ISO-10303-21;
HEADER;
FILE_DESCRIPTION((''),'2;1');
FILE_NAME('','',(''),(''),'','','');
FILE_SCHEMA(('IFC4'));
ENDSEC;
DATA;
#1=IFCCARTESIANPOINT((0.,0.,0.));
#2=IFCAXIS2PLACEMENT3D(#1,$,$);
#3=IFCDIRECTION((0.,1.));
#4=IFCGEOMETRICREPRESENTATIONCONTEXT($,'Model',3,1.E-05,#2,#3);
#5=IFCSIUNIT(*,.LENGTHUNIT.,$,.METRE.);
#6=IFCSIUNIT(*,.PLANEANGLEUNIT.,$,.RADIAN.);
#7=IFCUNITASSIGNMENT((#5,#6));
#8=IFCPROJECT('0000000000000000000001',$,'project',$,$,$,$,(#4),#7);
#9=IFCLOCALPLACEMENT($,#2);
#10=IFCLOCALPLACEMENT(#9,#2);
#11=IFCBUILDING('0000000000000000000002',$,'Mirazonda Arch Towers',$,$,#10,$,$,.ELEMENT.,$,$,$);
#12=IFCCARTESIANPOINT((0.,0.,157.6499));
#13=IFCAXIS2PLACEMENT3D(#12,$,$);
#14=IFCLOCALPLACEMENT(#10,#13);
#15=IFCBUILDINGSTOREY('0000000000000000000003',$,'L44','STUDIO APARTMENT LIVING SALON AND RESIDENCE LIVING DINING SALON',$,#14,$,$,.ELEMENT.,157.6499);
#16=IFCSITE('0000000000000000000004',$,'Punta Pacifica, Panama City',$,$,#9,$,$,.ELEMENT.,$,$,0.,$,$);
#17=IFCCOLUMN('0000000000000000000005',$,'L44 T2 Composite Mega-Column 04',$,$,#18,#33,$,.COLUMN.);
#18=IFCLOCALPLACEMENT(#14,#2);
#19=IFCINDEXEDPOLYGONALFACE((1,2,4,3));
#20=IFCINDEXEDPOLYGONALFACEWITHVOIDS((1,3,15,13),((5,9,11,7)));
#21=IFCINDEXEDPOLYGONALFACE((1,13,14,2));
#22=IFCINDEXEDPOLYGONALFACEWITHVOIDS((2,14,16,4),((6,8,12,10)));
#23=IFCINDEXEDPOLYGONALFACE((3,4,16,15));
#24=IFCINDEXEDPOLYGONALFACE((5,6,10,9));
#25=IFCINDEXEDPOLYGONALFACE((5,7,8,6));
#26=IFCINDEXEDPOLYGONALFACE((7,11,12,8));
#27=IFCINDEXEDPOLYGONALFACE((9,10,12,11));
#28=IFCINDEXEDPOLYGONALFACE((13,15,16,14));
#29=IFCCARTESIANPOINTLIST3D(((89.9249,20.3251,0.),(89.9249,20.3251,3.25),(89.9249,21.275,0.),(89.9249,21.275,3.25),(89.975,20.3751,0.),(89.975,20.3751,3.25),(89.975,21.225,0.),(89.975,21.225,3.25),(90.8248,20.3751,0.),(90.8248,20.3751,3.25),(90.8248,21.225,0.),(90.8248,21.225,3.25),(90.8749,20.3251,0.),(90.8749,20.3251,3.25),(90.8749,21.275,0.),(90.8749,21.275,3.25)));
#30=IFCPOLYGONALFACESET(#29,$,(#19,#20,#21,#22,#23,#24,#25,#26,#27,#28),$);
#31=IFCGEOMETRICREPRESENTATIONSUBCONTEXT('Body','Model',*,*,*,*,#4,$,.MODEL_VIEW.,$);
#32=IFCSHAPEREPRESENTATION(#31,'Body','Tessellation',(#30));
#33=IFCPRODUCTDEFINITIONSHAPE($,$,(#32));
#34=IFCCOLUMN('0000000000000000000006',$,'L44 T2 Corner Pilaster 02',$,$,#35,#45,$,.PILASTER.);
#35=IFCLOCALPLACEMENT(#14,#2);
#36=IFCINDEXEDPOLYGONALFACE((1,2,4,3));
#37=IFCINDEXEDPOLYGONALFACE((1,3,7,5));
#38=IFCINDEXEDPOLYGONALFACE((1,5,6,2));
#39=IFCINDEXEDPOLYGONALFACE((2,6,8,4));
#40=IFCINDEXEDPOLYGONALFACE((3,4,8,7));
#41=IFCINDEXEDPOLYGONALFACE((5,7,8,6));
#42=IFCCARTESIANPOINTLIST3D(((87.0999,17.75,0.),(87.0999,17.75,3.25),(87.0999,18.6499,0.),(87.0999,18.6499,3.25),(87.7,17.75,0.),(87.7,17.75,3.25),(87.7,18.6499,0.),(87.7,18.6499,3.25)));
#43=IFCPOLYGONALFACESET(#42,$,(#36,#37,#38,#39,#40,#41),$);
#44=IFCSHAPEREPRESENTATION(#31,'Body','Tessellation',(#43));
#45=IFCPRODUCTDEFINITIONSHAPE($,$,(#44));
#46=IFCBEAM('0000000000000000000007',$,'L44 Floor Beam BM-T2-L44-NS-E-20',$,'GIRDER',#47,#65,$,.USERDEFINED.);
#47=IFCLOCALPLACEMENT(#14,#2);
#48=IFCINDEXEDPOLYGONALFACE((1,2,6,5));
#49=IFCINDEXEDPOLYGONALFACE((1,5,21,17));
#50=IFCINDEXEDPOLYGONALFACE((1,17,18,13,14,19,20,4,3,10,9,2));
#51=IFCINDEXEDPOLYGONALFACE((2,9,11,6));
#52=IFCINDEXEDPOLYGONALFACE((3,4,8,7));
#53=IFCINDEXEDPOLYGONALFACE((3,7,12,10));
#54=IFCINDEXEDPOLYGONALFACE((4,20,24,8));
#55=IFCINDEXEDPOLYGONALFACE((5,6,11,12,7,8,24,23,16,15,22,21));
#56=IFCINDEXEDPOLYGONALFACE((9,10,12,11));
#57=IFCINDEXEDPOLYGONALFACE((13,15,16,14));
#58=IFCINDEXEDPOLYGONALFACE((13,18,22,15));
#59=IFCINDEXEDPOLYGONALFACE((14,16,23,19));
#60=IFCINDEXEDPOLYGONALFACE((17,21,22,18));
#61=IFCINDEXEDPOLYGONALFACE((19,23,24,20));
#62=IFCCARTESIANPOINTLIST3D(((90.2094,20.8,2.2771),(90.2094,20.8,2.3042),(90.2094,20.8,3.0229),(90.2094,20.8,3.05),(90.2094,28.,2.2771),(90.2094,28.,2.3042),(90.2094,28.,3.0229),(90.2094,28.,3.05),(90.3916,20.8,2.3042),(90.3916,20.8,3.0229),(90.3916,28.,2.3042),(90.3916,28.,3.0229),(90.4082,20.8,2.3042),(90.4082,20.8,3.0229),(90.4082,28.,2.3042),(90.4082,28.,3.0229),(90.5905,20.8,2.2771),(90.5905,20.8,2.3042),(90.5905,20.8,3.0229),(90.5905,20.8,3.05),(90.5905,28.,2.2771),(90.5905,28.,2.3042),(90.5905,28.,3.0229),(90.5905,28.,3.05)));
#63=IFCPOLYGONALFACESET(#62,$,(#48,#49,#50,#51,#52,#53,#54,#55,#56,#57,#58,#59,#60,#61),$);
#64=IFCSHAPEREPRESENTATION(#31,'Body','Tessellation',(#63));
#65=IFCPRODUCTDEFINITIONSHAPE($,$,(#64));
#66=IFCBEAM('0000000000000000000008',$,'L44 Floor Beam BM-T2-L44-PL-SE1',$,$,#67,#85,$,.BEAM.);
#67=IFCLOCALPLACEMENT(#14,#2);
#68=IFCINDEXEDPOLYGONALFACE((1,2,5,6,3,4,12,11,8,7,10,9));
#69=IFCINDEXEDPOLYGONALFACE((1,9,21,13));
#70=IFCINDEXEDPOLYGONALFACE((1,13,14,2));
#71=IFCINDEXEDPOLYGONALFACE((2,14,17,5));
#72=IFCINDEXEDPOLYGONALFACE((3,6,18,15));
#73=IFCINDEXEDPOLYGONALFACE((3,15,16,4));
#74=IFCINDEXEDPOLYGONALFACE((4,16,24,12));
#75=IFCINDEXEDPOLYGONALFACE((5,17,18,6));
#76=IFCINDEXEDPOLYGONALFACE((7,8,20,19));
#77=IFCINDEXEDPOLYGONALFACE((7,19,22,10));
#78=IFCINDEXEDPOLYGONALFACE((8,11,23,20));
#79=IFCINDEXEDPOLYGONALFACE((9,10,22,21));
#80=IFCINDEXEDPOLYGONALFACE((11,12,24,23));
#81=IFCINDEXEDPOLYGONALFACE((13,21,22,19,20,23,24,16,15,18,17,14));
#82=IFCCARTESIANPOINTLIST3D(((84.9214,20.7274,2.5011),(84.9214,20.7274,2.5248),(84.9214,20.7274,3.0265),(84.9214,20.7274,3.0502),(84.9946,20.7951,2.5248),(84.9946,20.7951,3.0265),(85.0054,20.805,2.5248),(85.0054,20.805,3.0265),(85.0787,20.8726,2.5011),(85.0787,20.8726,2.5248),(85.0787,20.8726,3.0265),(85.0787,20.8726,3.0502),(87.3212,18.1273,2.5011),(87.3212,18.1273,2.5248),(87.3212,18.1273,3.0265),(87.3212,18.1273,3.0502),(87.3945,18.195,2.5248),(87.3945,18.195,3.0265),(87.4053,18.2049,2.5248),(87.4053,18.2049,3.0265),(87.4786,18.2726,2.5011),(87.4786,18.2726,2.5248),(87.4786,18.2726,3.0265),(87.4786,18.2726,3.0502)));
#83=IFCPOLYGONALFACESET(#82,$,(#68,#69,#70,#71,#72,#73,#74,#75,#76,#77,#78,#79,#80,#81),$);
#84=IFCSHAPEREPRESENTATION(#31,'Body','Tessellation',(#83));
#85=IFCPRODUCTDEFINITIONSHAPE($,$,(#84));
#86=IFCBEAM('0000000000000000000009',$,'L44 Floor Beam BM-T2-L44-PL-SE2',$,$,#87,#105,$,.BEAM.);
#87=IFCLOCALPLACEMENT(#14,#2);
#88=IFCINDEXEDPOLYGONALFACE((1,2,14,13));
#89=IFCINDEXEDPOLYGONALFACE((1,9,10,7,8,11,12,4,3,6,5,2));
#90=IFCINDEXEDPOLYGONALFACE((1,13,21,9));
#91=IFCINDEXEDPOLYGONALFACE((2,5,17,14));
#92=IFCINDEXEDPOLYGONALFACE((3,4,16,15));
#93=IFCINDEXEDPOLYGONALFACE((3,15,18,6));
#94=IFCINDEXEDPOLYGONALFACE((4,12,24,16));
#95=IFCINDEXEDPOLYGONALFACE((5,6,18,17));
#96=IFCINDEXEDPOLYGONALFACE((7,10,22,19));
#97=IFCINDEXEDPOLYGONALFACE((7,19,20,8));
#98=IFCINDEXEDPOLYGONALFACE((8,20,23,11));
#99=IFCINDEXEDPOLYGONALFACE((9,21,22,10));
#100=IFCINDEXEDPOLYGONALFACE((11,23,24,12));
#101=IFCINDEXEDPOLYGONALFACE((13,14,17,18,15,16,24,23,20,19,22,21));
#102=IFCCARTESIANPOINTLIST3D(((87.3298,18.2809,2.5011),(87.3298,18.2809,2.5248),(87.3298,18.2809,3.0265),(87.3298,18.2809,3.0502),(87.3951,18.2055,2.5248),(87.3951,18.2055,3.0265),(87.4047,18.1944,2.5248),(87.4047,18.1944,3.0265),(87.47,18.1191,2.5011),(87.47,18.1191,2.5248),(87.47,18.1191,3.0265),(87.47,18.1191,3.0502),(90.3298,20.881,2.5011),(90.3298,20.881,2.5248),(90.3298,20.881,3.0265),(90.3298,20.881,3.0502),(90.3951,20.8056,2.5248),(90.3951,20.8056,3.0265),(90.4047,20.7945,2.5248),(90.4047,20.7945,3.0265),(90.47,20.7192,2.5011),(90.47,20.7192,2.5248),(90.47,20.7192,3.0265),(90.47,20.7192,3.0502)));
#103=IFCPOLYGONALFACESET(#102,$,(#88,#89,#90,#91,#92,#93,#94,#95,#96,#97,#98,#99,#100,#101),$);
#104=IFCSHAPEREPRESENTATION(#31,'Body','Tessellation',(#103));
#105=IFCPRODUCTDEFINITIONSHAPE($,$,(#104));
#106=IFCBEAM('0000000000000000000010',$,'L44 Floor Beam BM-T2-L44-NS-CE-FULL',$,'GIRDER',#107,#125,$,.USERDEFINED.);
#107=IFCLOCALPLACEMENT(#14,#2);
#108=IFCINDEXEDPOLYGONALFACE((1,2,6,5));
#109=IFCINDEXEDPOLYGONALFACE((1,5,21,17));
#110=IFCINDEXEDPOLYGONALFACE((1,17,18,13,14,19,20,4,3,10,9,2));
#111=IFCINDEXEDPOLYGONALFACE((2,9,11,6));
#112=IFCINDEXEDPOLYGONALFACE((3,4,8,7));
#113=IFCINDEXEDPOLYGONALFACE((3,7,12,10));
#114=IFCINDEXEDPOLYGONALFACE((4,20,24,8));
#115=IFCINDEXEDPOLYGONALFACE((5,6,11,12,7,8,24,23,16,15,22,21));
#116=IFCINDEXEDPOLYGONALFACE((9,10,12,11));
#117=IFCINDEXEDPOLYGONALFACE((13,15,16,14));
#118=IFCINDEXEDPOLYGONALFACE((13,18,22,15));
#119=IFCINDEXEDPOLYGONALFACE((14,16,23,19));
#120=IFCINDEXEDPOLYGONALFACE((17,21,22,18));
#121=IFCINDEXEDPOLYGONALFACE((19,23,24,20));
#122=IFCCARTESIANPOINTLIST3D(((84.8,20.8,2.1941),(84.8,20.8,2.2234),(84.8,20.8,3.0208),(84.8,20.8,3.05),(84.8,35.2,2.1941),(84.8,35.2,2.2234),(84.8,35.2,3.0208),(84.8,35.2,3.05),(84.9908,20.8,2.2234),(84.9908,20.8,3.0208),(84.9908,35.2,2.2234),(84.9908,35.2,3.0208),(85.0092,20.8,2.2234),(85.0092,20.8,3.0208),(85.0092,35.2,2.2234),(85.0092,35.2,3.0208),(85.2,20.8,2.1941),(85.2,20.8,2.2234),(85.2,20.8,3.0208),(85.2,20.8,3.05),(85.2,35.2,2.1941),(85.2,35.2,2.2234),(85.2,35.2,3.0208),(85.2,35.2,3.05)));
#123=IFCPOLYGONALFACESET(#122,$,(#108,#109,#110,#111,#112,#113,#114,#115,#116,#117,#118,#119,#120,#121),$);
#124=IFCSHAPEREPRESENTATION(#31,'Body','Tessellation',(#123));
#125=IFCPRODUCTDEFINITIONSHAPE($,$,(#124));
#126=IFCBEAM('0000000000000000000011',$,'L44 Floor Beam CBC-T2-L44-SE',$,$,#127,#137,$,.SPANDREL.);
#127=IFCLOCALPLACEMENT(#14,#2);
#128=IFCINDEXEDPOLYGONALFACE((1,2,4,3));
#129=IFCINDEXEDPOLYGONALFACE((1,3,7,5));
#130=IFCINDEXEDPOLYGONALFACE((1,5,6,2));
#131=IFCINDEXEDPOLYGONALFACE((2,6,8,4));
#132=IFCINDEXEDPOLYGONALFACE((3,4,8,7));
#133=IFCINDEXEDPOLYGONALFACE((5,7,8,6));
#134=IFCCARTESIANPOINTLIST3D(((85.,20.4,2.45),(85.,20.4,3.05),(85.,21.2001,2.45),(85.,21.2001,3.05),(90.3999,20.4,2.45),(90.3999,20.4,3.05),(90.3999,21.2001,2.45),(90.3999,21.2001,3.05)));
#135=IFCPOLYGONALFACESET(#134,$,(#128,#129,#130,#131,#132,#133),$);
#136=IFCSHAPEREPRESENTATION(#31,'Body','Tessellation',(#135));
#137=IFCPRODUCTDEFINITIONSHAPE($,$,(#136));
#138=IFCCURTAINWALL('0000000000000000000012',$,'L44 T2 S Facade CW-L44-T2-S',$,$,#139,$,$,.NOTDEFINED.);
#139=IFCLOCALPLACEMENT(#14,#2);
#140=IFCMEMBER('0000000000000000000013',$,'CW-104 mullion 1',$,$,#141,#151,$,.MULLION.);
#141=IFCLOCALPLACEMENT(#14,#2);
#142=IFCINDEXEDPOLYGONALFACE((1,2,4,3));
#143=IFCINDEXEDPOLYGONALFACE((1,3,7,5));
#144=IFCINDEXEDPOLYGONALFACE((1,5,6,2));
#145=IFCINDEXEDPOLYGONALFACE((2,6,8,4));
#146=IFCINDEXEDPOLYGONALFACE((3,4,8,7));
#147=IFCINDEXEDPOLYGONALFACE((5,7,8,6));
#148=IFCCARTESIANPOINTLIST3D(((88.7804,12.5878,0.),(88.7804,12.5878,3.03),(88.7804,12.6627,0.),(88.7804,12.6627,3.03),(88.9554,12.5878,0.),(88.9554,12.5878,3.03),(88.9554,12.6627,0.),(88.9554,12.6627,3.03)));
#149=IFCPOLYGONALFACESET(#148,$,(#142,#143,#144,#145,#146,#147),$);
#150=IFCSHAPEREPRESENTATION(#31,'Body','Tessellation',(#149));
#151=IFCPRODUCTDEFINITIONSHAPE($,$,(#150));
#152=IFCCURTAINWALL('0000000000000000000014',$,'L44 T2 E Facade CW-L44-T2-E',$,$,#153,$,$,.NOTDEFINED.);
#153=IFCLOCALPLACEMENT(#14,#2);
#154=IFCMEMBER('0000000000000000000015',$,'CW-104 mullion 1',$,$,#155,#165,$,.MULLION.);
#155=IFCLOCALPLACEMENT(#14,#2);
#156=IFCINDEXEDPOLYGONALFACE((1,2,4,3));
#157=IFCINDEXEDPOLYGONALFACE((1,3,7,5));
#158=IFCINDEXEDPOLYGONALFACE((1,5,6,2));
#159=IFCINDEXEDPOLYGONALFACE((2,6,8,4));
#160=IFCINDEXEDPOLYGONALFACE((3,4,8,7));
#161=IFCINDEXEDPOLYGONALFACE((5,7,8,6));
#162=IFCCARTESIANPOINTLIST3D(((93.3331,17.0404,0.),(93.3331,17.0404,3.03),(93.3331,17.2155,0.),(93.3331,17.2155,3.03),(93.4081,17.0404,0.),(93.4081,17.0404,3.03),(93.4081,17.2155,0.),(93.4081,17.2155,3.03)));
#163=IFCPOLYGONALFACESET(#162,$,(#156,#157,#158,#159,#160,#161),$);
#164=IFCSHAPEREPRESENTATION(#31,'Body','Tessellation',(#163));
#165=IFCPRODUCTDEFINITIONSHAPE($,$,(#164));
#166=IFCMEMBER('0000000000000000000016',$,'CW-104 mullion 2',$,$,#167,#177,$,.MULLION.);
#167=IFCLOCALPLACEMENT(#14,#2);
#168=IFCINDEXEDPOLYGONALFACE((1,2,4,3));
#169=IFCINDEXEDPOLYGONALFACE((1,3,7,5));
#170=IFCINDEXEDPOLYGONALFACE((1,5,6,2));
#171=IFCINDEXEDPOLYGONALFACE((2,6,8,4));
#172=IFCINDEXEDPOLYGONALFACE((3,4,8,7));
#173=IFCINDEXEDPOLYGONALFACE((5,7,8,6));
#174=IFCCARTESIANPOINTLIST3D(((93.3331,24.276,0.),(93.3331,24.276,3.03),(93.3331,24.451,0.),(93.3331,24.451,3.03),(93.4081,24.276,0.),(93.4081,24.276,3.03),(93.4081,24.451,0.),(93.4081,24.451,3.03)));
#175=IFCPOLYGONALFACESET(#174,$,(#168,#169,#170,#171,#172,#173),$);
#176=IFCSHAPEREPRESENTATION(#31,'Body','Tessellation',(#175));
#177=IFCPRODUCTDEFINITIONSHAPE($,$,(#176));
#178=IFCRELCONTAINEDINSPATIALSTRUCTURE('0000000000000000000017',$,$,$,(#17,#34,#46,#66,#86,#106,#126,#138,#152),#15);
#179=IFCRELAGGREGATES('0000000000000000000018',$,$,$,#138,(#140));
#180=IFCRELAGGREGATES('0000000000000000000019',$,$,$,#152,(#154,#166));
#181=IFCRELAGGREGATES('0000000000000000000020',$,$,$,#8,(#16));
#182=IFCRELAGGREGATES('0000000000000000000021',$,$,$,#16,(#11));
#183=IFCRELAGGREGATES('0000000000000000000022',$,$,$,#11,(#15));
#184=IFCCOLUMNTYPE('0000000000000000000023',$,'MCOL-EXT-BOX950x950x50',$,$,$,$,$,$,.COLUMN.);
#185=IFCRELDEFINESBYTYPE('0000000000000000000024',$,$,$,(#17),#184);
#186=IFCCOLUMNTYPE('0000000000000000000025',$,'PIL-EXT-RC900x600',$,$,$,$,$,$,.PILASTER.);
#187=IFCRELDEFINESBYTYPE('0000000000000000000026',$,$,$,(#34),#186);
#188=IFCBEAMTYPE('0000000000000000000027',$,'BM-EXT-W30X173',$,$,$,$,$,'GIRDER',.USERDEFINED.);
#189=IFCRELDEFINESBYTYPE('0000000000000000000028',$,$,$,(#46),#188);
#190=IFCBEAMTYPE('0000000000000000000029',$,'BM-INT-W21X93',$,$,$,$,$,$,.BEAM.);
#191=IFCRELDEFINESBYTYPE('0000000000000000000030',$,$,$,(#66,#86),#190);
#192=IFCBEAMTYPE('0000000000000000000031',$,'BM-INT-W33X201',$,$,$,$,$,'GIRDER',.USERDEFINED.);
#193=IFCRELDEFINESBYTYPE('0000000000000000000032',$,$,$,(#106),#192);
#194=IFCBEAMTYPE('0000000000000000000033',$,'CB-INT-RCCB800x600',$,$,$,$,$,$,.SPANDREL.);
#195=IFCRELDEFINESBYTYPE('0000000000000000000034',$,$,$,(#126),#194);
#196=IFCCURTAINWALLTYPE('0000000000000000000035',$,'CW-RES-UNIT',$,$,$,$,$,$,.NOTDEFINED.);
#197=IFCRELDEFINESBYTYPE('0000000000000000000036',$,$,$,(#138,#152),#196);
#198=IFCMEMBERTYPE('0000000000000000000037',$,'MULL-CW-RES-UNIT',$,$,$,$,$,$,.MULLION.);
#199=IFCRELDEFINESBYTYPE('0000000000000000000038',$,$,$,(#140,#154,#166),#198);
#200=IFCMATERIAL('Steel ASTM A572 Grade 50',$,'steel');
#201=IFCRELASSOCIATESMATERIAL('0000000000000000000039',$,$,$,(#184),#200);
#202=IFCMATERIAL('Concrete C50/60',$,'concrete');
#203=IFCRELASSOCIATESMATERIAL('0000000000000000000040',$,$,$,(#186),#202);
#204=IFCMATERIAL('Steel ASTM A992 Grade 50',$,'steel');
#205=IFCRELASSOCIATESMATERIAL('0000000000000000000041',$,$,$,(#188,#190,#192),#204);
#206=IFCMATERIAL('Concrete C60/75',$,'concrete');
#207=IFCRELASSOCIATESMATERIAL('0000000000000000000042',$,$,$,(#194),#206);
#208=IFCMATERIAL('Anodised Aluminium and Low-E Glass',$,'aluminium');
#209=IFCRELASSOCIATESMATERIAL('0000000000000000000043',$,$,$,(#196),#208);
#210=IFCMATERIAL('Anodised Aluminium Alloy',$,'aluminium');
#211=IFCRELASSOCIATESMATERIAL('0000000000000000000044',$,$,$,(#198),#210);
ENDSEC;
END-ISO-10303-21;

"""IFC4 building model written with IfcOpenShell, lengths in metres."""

from ifc_helpers import new_model, si_unit, direction, frame, origin, origin_2d, place, context, subcontext, project, spatial, rectangle, hollow_rectangle, i_section, extrude, material, material_profile, profile_set, type_object, element, aggregate, save


model = new_model("IFC4")

# Units and contexts
model_context = context("Model", 3, precision=1e-05, world=origin(), true_north=direction((0.0, 1.0)))
body_context = subcontext(model_context, "Body", "Model", "MODEL_VIEW")
ifc_project = project(units=[si_unit("LENGTHUNIT", "METRE"), si_unit("PLANEANGLEUNIT", "RADIAN")], contexts=[model_context])

# Site, building, storey
site_placement = place(None, origin())
site = spatial("IfcSite", under=ifc_project, at=site_placement, Name="Punta Pacifica, Panama City", CompositionType="ELEMENT", RefElevation=0.0)
building_placement = place(site_placement, origin())
building = spatial("IfcBuilding", under=site, at=building_placement, Name="Mirazonda Arch Towers", CompositionType="ELEMENT")
storey_placement = place(building_placement, frame((0.0, 0.0, 157.6499)))
storey = spatial("IfcBuildingStorey", under=building, at=storey_placement, Name="L44", Description="STUDIO APARTMENT LIVING SALON AND RESIDENCE LIVING DINING SALON", CompositionType="ELEMENT", Elevation=157.6499)

# Columns
ifc_material_1 = material(Name="Steel ASTM A572 Grade 50", Category="steel")
ifc_material_profile_1 = material_profile(ifc_material_1, hollow_rectangle(XDim=0.95, YDim=0.95, WallThickness=0.05, at=origin_2d()), Name="BOX950x950x50")
ifc_profile_set_1 = profile_set([ifc_material_profile_1], Name="Steel ASTM A572 Grade 50")
column_type_1 = type_object("IfcColumnType", Name="MCOL-EXT-BOX950x950x50", PredefinedType="COLUMN", material=ifc_profile_set_1)
column_1_placement = place(storey_placement, frame((90.3999, 20.8, 0.0), z_axis=(0.0, 0.0, 1.0), x_axis=(1.0, 0.0, 0.0)))
element("IfcColumn", 1, at=column_1_placement, inside=storey, type_object=column_type_1, Name="L44 T2 Composite Mega-Column 04", PredefinedType="COLUMN", context=body_context, shape_type="SweptSolid", body=[
    extrude(hollow_rectangle(XDim=0.95, YDim=0.95, WallThickness=0.05, at=origin_2d()), origin(), (0.0, 0.0, 1.0), 3.25),
])
ifc_material_2 = material(Name="Concrete C50/60", Category="concrete")
ifc_material_profile_2 = material_profile(ifc_material_2, rectangle(XDim=0.6001, YDim=0.8999, at=origin_2d()), Name="RC900x600")
ifc_profile_set_2 = profile_set([ifc_material_profile_2], Name="Concrete C50/60")
column_type_2 = type_object("IfcColumnType", Name="PIL-EXT-RC900x600", PredefinedType="PILASTER", material=ifc_profile_set_2)
column_2_placement = place(storey_placement, frame((87.3999, 18.2, 0.0), z_axis=(0.0, 0.0, 1.0), x_axis=(1.0, 0.0, 0.0)))
element("IfcColumn", 2, at=column_2_placement, inside=storey, type_object=column_type_2, Name="L44 T2 Corner Pilaster 02", PredefinedType="PILASTER", context=body_context, shape_type="SweptSolid", body=[
    extrude(rectangle(XDim=0.6001, YDim=0.8999, at=origin_2d()), origin(), (0.0, 0.0, 1.0), 3.25),
])

# Beams
ifc_material_3 = material(Name="Steel ASTM A992 Grade 50", Category="steel")
ifc_material_profile_3 = material_profile(ifc_material_3, i_section(OverallWidth=0.3811, OverallDepth=0.7729, WebThickness=0.0166, FlangeThickness=0.0271, at=origin_2d()), Name="W30X173")
ifc_profile_set_3 = profile_set([ifc_material_profile_3], Name="Steel ASTM A992 Grade 50")
beam_type_1 = type_object("IfcBeamType", Name="BM-EXT-W30X173", ElementType="GIRDER", PredefinedType="USERDEFINED", material=ifc_profile_set_3)
beam_1_placement = place(storey_placement, frame((90.3999, 20.8, 2.6636), z_axis=(0.0, 1.0, 0.0), x_axis=(-1.0, 0.0, 0.0)))
element("IfcBeam", 3, at=beam_1_placement, inside=storey, type_object=beam_type_1, Name="L44 Floor Beam BM-T2-L44-NS-E-20", ObjectType="GIRDER", PredefinedType="USERDEFINED", context=body_context, shape_type="SweptSolid", body=[
    extrude(i_section(OverallWidth=0.3811, OverallDepth=0.7729, WebThickness=0.0166, FlangeThickness=0.0271, at=origin_2d()), origin(), (0.0, 0.0, 1.0), 7.2),
])
ifc_material_profile_4 = material_profile(ifc_material_3, i_section(OverallWidth=0.2141, OverallDepth=0.5491, WebThickness=0.0146, FlangeThickness=0.0237, at=origin_2d()), Name="W21X93")
ifc_profile_set_4 = profile_set([ifc_material_profile_4], Name="Steel ASTM A992 Grade 50")
beam_type_2 = type_object("IfcBeamType", Name="BM-INT-W21X93", PredefinedType="BEAM", material=ifc_profile_set_4)
beam_2_placement = place(storey_placement, frame((87.3999, 18.2, 2.7756), z_axis=(-0.678251, 0.73483, 0.0), x_axis=(-0.73483, -0.678251, 0.0)))
element("IfcBeam", 4, at=beam_2_placement, inside=storey, type_object=beam_type_2, Name="L44 Floor Beam BM-T2-L44-PL-SE1", PredefinedType="BEAM", context=body_context, shape_type="SweptSolid", body=[
    extrude(i_section(OverallWidth=0.2141, OverallDepth=0.5491, WebThickness=0.0146, FlangeThickness=0.0237, at=origin_2d()), origin(), (0.0, 0.0, 1.0), 3.5383),
])
beam_3_placement = place(storey_placement, frame((87.3999, 18.2, 2.7756), z_axis=(0.755677, 0.654945, 0.0), x_axis=(-0.654945, 0.755677, 0.0)))
element("IfcBeam", 5, at=beam_3_placement, inside=storey, type_object=beam_type_2, Name="L44 Floor Beam BM-T2-L44-PL-SE2", PredefinedType="BEAM", context=body_context, shape_type="SweptSolid", body=[
    extrude(i_section(OverallWidth=0.2141, OverallDepth=0.5491, WebThickness=0.0146, FlangeThickness=0.0237, at=origin_2d()), origin(), (0.0, 0.0, 1.0), 3.97),
])
ifc_material_profile_5 = material_profile(ifc_material_3, i_section(OverallWidth=0.3999, OverallDepth=0.856, WebThickness=0.0183, FlangeThickness=0.0293, at=origin_2d()), Name="W33X201")
ifc_profile_set_5 = profile_set([ifc_material_profile_5], Name="Steel ASTM A992 Grade 50")
beam_type_3 = type_object("IfcBeamType", Name="BM-INT-W33X201", ElementType="GIRDER", PredefinedType="USERDEFINED", material=ifc_profile_set_5)
beam_4_placement = place(storey_placement, frame((85.0, 20.8, 2.6221), z_axis=(0.0, 1.0, 0.0), x_axis=(-1.0, 0.0, 0.0)))
element("IfcBeam", 6, at=beam_4_placement, inside=storey, type_object=beam_type_3, Name="L44 Floor Beam BM-T2-L44-NS-CE-FULL", ObjectType="GIRDER", PredefinedType="USERDEFINED", context=body_context, shape_type="SweptSolid", body=[
    extrude(i_section(OverallWidth=0.3999, OverallDepth=0.856, WebThickness=0.0183, FlangeThickness=0.0293, at=origin_2d()), origin(), (0.0, 0.0, 1.0), 14.3999),
])
ifc_material_4 = material(Name="Concrete C60/75", Category="concrete")
ifc_material_profile_6 = material_profile(ifc_material_4, rectangle(XDim=0.8, YDim=0.6001, at=origin_2d()), Name="RCCB800x600")
ifc_profile_set_6 = profile_set([ifc_material_profile_6], Name="Concrete C60/75")
beam_type_4 = type_object("IfcBeamType", Name="CB-INT-RCCB800x600", PredefinedType="SPANDREL", material=ifc_profile_set_6)
beam_5_placement = place(storey_placement, frame((85.0, 20.8, 2.75), z_axis=(1.0, 0.0, 0.0), x_axis=(0.0, 1.0, 0.0)))
element("IfcBeam", 7, at=beam_5_placement, inside=storey, type_object=beam_type_4, Name="L44 Floor Beam CBC-T2-L44-SE", PredefinedType="SPANDREL", context=body_context, shape_type="SweptSolid", body=[
    extrude(rectangle(XDim=0.8, YDim=0.6001, at=origin_2d()), origin(), (0.0, 0.0, 1.0), 5.3999),
])

# Curtain wall, member
ifc_material_5 = material(Name="Anodised Aluminium and Low-E Glass", Category="aluminium")
curtain_wall_type = type_object("IfcCurtainWallType", Name="CW-RES-UNIT", PredefinedType="NOTDEFINED", material=ifc_material_5)
curtain_wall_1_placement = place(storey_placement, origin())
curtain_wall_1 = element("IfcCurtainWall", 8, at=curtain_wall_1_placement, inside=storey, type_object=curtain_wall_type, Name="L44 T2 S Facade CW-L44-T2-S", PredefinedType="NOTDEFINED")
ifc_material_6 = material(Name="Anodised Aluminium Alloy", Category="aluminium")
ifc_material_profile_7 = material_profile(ifc_material_6, rectangle(XDim=0.075, YDim=0.175, at=origin_2d()), Name="ALU-MULL-75x175")
ifc_profile_set_7 = profile_set([ifc_material_profile_7], Name="Anodised Aluminium Alloy")
member_type_1 = type_object("IfcMemberType", Name="MULL-CW-RES-UNIT", PredefinedType="MULLION", material=ifc_profile_set_7)
member_1_placement = place(storey_placement, frame((88.8679, 12.6252, 0.0), z_axis=(0.0, 0.0, 1.0), x_axis=(0.0, -1.0, 0.0)))
member_1 = element("IfcMember", 9, at=member_1_placement, type_object=member_type_1, Name="CW-104 mullion 1", PredefinedType="MULLION", context=body_context, shape_type="SweptSolid", body=[
    extrude(rectangle(XDim=0.075, YDim=0.175, at=origin_2d()), origin(), (0.0, 0.0, 1.0), 3.03),
])

# Curtain wall, members
curtain_wall_2_placement = place(storey_placement, origin())
curtain_wall_2 = element("IfcCurtainWall", 10, at=curtain_wall_2_placement, inside=storey, type_object=curtain_wall_type, Name="L44 T2 E Facade CW-L44-T2-E", PredefinedType="NOTDEFINED")
member_2_placement = place(storey_placement, frame((93.3706, 17.1279, 0.0), z_axis=(0.0, 0.0, 1.0), x_axis=(-1.0, 0.0, 0.0)))
member_2 = element("IfcMember", 11, at=member_2_placement, type_object=member_type_1, Name="CW-104 mullion 1", PredefinedType="MULLION", context=body_context, shape_type="SweptSolid", body=[
    extrude(rectangle(XDim=0.075, YDim=0.175, at=origin_2d()), origin(), (0.0, 0.0, 1.0), 3.03),
])
member_3_placement = place(storey_placement, frame((93.3706, 24.3635, 0.0), z_axis=(0.0, 0.0, 1.0), x_axis=(-1.0, 0.0, 0.0)))
member_3 = element("IfcMember", 12, at=member_3_placement, type_object=member_type_1, Name="CW-104 mullion 2", PredefinedType="MULLION", context=body_context, shape_type="SweptSolid", body=[
    extrude(rectangle(XDim=0.075, YDim=0.175, at=origin_2d()), origin(), (0.0, 0.0, 1.0), 3.03),
])

aggregate(curtain_wall_1, [member_1])

aggregate(curtain_wall_2, [member_2, member_3])

save(model, "model.ifc")
